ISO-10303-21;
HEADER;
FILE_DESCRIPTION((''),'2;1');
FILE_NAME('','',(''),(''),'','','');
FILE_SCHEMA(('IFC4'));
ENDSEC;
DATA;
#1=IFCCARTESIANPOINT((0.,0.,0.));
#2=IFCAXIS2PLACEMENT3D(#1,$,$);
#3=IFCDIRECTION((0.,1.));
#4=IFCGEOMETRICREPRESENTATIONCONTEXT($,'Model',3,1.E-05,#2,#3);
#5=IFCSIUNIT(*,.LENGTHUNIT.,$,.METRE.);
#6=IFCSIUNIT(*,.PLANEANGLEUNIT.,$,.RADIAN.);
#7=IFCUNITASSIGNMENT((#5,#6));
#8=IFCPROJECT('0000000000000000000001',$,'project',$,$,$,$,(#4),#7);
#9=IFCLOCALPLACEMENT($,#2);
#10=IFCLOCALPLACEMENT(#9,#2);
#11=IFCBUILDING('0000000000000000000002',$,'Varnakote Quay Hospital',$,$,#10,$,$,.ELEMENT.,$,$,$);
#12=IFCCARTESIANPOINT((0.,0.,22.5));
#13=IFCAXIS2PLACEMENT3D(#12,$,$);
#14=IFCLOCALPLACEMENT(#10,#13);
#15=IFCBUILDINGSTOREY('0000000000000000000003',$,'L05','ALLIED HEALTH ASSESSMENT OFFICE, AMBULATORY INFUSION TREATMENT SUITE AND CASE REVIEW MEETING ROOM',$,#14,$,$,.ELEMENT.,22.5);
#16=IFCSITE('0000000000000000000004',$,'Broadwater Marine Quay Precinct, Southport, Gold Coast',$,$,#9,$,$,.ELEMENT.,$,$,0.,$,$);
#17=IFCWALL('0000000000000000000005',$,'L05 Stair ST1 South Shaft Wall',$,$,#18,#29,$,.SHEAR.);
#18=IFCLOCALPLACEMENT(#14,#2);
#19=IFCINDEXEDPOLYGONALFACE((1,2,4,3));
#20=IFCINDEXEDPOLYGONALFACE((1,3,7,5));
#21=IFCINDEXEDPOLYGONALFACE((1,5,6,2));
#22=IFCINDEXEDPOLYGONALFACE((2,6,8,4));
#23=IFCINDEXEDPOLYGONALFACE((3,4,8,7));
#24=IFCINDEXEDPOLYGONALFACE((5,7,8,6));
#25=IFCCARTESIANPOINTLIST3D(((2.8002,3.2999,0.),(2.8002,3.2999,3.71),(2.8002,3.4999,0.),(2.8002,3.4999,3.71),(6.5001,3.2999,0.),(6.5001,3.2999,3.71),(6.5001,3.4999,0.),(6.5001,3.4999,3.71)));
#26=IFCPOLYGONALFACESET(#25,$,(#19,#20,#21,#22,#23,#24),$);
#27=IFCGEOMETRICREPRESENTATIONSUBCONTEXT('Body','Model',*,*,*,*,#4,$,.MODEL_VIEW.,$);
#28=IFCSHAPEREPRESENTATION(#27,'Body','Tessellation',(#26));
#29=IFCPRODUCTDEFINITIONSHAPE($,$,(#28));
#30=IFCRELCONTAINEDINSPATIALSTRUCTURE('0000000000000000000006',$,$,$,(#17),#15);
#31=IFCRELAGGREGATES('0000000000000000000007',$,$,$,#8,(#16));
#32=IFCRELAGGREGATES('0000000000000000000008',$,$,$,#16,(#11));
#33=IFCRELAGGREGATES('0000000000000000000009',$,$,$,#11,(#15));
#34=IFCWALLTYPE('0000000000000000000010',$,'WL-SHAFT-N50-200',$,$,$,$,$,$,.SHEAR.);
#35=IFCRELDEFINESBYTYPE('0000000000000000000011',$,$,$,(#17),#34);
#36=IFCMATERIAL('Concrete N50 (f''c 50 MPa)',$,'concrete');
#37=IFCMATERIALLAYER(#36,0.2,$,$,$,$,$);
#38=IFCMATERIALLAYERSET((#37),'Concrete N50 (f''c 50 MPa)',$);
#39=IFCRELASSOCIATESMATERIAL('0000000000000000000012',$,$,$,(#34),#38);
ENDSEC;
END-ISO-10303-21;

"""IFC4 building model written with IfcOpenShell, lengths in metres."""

from ifc_helpers import new_model, si_unit, direction, frame, frame_2d, origin, place, context, subcontext, project, spatial, rectangle, extrude, material, layer, layer_set, type_object, element, save


model = new_model("IFC4")

# Units and contexts
model_context = context("Model", 3, precision=1e-05, world=origin(), true_north=direction((0.0, 1.0)))
body_context = subcontext(model_context, "Body", "Model", "MODEL_VIEW")
ifc_project = project(units=[si_unit("LENGTHUNIT", "METRE"), si_unit("PLANEANGLEUNIT", "RADIAN")], contexts=[model_context])

# Site, building, storey
site_placement = place(None, origin())
site = spatial("IfcSite", under=ifc_project, at=site_placement, Name="Broadwater Marine Quay Precinct, Southport, Gold Coast", CompositionType="ELEMENT", RefElevation=0.0)
building_placement = place(site_placement, origin())
building = spatial("IfcBuilding", under=site, at=building_placement, Name="Varnakote Quay Hospital", CompositionType="ELEMENT")
storey_placement = place(building_placement, frame((0.0, 0.0, 22.5)))
storey = spatial("IfcBuildingStorey", under=building, at=storey_placement, Name="L05", Description="ALLIED HEALTH ASSESSMENT OFFICE, AMBULATORY INFUSION TREATMENT SUITE AND CASE REVIEW MEETING ROOM", CompositionType="ELEMENT", Elevation=22.5)

# Wall
ifc_material_1 = material(Name="Concrete N50 (f'c 50 MPa)", Category="concrete")
ifc_layer_1 = layer(ifc_material_1, 0.2)
ifc_layer_set_1 = layer_set([ifc_layer_1], Name="Concrete N50 (f'c 50 MPa)")
wall_type_1 = type_object("IfcWallType", Name="WL-SHAFT-N50-200", PredefinedType="SHEAR", material=ifc_layer_set_1)
wall_1_placement = place(storey_placement, frame((2.8, 3.3999, 0.0), z_axis=(0.0, 0.0, 1.0), x_axis=(1.0, 0.0, 0.0)))
element("IfcWall", 1, at=wall_1_placement, inside=storey, type_object=wall_type_1, Name="L05 Stair ST1 South Shaft Wall", PredefinedType="SHEAR", context=body_context, shape_type="SweptSolid", body=[
    extrude(rectangle(XDim=3.7, YDim=0.2, at=frame_2d((1.8501, 0.0))), origin(), (0.0, 0.0, 1.0), 3.71),
])

save(model, "model.ifc")
